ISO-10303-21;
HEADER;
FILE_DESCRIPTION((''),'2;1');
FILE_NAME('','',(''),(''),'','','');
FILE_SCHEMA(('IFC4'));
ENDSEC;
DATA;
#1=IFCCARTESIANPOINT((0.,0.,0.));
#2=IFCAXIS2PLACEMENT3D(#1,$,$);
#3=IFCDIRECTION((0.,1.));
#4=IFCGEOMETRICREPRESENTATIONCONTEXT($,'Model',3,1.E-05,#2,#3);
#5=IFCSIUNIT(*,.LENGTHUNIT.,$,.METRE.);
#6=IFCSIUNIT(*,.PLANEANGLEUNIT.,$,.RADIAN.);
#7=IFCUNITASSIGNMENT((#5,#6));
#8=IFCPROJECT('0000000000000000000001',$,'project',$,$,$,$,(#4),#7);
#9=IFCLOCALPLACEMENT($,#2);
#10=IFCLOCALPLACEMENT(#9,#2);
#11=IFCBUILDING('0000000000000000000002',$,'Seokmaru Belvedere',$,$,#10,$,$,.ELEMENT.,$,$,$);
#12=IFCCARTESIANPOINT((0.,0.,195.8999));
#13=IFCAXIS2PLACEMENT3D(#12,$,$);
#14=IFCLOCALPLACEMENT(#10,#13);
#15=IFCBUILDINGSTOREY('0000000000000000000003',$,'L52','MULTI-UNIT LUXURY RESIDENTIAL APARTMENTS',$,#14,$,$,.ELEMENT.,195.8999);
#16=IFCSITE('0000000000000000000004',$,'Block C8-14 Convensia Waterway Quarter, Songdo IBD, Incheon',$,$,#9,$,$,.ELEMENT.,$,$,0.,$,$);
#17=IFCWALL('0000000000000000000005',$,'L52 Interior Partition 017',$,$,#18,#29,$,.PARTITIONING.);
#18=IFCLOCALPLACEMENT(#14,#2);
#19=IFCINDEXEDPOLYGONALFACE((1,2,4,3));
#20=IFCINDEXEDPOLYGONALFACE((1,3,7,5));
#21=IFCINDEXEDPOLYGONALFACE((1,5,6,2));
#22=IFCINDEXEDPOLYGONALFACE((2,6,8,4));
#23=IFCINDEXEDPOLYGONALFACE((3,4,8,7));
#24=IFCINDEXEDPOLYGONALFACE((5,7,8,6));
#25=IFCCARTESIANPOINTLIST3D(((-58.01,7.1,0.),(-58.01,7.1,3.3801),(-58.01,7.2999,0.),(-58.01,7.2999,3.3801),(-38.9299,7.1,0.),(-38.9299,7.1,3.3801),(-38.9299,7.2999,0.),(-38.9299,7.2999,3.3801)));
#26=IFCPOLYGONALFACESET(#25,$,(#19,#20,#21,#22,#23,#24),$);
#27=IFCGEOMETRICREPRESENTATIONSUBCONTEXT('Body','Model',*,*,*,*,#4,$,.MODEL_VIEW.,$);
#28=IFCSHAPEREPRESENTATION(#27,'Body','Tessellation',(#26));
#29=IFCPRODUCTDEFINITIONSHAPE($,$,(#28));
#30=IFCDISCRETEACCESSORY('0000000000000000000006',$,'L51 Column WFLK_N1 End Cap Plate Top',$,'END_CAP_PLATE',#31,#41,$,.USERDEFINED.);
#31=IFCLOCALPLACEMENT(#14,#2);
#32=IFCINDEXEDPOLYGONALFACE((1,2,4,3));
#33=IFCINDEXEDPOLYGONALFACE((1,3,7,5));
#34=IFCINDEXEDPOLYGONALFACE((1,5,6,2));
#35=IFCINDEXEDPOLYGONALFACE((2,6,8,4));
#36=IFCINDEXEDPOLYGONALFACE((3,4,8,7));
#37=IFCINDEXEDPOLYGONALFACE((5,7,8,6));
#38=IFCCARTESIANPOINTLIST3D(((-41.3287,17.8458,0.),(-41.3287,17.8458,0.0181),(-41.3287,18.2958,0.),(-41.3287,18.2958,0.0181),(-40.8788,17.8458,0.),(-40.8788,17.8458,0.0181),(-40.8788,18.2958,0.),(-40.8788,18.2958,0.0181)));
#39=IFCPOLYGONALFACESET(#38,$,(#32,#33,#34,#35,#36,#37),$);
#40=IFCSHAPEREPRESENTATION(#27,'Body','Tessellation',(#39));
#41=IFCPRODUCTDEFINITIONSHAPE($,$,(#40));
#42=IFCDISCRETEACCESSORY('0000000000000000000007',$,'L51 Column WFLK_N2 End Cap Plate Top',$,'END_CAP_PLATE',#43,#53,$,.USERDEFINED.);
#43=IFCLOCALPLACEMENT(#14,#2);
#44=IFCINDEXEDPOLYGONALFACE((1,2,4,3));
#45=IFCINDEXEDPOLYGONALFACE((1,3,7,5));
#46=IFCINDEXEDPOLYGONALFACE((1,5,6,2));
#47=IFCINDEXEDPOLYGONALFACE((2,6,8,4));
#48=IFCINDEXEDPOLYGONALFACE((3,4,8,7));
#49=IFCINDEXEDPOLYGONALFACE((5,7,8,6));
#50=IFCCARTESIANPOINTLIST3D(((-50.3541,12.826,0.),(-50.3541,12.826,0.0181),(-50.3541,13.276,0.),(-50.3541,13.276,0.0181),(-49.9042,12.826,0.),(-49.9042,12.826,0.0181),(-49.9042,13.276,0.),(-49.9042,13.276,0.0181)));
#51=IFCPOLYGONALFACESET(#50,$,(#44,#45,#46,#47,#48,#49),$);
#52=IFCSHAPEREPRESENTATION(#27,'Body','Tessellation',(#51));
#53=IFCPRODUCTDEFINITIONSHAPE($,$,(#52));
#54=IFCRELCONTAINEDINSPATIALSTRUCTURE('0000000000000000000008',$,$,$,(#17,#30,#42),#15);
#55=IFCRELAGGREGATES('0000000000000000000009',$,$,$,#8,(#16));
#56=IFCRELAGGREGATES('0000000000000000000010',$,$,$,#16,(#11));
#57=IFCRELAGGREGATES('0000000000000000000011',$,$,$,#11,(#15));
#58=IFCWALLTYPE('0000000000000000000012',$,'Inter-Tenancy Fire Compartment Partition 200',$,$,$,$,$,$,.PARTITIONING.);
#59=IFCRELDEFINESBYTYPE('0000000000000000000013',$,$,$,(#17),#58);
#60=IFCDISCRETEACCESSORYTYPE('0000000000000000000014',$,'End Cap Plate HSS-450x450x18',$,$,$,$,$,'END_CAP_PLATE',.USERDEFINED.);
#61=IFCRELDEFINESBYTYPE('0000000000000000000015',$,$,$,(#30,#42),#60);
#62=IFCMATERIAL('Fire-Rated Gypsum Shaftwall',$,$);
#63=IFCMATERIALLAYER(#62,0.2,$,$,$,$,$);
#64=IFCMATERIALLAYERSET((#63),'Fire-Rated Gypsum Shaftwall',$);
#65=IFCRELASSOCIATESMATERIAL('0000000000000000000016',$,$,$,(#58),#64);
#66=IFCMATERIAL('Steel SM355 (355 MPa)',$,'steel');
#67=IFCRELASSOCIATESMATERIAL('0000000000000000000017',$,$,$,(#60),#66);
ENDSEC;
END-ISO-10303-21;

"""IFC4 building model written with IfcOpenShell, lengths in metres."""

from ifc_helpers import new_model, si_unit, direction, frame, frame_2d, origin, origin_2d, place, context, subcontext, project, spatial, rectangle, extrude, source, transform, mapped, material, layer, layer_set, type_object, type_shapes, element, save


model = new_model("IFC4")

# Units and contexts
model_context = context("Model", 3, precision=1e-05, world=origin(), true_north=direction((0.0, 1.0)))
body_context = subcontext(model_context, "Body", "Model", "MODEL_VIEW")
ifc_project = project(units=[si_unit("LENGTHUNIT", "METRE"), si_unit("PLANEANGLEUNIT", "RADIAN")], contexts=[model_context])

# Site, building, storey
site_placement = place(None, origin())
site = spatial("IfcSite", under=ifc_project, at=site_placement, Name="Block C8-14 Convensia Waterway Quarter, Songdo IBD, Incheon", CompositionType="ELEMENT", RefElevation=0.0)
building_placement = place(site_placement, origin())
building = spatial("IfcBuilding", under=site, at=building_placement, Name="Seokmaru Belvedere", CompositionType="ELEMENT")
storey_placement = place(building_placement, frame((0.0, 0.0, 195.8999)))
storey = spatial("IfcBuildingStorey", under=building, at=storey_placement, Name="L52", Description="MULTI-UNIT LUXURY RESIDENTIAL APARTMENTS", CompositionType="ELEMENT", Elevation=195.8999)

# Shared definitions
ifc_material_1 = material(Name="Steel SM355 (355 MPa)", Category="steel")

# Shared definitions
ifc_material_2 = material(Name="Fire-Rated Gypsum Shaftwall")

# Wall
ifc_layer_1 = layer(ifc_material_2, 0.2)
ifc_layer_set_1 = layer_set([ifc_layer_1], Name="Fire-Rated Gypsum Shaftwall")
wall_type_1 = type_object("IfcWallType", Name="Inter-Tenancy Fire Compartment Partition 200", PredefinedType="PARTITIONING", material=ifc_layer_set_1)
wall_1_placement = place(storey_placement, frame((-58.01, 7.2, 0.0), z_axis=(0.0, 0.0, 1.0), x_axis=(1.0, 0.0, 0.0)))
element("IfcWall", 1, at=wall_1_placement, inside=storey, type_object=wall_type_1, Name="L52 Interior Partition 017", PredefinedType="PARTITIONING", context=body_context, shape_type="SweptSolid", body=[
    extrude(rectangle(XDim=19.0801, YDim=0.2, at=frame_2d((9.54, 0.0))), origin(), (0.0, 0.0, 1.0), 3.3801),
])

# Discrete accessories
discrete_accessory_type = type_object("IfcDiscreteAccessoryType", Name="End Cap Plate HSS-450x450x18", ElementType="END_CAP_PLATE", PredefinedType="USERDEFINED", material=ifc_material_1)
shared_shape_1 = source(origin(), body_context, "Body", "SweptSolid", [
    extrude(rectangle(XDim=0.45, YDim=0.45, at=origin_2d()), origin(), (0.0, 0.0, 1.0), 0.0181),
])
type_shapes(discrete_accessory_type, [shared_shape_1])
for number, where, z_axis, x_axis, name in (
    (2, (-41.1038, 18.0708, 0.0), (0.0, 0.0, 1.0), (1.0, 0.0, 0.0), "L51 Column WFLK_N1 End Cap Plate Top"),
    (3, (-50.1292, 13.051, 0.0), (0.0, 0.0, 1.0), (1.0, 0.0, 0.0), "L51 Column WFLK_N2 End Cap Plate Top"),
):
    element("IfcDiscreteAccessory", number, at=place(storey_placement, frame(where, z_axis=z_axis, x_axis=x_axis)), inside=storey, type_object=discrete_accessory_type, Name=name, ObjectType="END_CAP_PLATE", PredefinedType="USERDEFINED", context=body_context, shape_type="MappedRepresentation", body=[
        mapped(shared_shape_1, transform((0.0, 0.0, 0.0), scale=1.0)),
    ])

save(model, "model.ifc")
